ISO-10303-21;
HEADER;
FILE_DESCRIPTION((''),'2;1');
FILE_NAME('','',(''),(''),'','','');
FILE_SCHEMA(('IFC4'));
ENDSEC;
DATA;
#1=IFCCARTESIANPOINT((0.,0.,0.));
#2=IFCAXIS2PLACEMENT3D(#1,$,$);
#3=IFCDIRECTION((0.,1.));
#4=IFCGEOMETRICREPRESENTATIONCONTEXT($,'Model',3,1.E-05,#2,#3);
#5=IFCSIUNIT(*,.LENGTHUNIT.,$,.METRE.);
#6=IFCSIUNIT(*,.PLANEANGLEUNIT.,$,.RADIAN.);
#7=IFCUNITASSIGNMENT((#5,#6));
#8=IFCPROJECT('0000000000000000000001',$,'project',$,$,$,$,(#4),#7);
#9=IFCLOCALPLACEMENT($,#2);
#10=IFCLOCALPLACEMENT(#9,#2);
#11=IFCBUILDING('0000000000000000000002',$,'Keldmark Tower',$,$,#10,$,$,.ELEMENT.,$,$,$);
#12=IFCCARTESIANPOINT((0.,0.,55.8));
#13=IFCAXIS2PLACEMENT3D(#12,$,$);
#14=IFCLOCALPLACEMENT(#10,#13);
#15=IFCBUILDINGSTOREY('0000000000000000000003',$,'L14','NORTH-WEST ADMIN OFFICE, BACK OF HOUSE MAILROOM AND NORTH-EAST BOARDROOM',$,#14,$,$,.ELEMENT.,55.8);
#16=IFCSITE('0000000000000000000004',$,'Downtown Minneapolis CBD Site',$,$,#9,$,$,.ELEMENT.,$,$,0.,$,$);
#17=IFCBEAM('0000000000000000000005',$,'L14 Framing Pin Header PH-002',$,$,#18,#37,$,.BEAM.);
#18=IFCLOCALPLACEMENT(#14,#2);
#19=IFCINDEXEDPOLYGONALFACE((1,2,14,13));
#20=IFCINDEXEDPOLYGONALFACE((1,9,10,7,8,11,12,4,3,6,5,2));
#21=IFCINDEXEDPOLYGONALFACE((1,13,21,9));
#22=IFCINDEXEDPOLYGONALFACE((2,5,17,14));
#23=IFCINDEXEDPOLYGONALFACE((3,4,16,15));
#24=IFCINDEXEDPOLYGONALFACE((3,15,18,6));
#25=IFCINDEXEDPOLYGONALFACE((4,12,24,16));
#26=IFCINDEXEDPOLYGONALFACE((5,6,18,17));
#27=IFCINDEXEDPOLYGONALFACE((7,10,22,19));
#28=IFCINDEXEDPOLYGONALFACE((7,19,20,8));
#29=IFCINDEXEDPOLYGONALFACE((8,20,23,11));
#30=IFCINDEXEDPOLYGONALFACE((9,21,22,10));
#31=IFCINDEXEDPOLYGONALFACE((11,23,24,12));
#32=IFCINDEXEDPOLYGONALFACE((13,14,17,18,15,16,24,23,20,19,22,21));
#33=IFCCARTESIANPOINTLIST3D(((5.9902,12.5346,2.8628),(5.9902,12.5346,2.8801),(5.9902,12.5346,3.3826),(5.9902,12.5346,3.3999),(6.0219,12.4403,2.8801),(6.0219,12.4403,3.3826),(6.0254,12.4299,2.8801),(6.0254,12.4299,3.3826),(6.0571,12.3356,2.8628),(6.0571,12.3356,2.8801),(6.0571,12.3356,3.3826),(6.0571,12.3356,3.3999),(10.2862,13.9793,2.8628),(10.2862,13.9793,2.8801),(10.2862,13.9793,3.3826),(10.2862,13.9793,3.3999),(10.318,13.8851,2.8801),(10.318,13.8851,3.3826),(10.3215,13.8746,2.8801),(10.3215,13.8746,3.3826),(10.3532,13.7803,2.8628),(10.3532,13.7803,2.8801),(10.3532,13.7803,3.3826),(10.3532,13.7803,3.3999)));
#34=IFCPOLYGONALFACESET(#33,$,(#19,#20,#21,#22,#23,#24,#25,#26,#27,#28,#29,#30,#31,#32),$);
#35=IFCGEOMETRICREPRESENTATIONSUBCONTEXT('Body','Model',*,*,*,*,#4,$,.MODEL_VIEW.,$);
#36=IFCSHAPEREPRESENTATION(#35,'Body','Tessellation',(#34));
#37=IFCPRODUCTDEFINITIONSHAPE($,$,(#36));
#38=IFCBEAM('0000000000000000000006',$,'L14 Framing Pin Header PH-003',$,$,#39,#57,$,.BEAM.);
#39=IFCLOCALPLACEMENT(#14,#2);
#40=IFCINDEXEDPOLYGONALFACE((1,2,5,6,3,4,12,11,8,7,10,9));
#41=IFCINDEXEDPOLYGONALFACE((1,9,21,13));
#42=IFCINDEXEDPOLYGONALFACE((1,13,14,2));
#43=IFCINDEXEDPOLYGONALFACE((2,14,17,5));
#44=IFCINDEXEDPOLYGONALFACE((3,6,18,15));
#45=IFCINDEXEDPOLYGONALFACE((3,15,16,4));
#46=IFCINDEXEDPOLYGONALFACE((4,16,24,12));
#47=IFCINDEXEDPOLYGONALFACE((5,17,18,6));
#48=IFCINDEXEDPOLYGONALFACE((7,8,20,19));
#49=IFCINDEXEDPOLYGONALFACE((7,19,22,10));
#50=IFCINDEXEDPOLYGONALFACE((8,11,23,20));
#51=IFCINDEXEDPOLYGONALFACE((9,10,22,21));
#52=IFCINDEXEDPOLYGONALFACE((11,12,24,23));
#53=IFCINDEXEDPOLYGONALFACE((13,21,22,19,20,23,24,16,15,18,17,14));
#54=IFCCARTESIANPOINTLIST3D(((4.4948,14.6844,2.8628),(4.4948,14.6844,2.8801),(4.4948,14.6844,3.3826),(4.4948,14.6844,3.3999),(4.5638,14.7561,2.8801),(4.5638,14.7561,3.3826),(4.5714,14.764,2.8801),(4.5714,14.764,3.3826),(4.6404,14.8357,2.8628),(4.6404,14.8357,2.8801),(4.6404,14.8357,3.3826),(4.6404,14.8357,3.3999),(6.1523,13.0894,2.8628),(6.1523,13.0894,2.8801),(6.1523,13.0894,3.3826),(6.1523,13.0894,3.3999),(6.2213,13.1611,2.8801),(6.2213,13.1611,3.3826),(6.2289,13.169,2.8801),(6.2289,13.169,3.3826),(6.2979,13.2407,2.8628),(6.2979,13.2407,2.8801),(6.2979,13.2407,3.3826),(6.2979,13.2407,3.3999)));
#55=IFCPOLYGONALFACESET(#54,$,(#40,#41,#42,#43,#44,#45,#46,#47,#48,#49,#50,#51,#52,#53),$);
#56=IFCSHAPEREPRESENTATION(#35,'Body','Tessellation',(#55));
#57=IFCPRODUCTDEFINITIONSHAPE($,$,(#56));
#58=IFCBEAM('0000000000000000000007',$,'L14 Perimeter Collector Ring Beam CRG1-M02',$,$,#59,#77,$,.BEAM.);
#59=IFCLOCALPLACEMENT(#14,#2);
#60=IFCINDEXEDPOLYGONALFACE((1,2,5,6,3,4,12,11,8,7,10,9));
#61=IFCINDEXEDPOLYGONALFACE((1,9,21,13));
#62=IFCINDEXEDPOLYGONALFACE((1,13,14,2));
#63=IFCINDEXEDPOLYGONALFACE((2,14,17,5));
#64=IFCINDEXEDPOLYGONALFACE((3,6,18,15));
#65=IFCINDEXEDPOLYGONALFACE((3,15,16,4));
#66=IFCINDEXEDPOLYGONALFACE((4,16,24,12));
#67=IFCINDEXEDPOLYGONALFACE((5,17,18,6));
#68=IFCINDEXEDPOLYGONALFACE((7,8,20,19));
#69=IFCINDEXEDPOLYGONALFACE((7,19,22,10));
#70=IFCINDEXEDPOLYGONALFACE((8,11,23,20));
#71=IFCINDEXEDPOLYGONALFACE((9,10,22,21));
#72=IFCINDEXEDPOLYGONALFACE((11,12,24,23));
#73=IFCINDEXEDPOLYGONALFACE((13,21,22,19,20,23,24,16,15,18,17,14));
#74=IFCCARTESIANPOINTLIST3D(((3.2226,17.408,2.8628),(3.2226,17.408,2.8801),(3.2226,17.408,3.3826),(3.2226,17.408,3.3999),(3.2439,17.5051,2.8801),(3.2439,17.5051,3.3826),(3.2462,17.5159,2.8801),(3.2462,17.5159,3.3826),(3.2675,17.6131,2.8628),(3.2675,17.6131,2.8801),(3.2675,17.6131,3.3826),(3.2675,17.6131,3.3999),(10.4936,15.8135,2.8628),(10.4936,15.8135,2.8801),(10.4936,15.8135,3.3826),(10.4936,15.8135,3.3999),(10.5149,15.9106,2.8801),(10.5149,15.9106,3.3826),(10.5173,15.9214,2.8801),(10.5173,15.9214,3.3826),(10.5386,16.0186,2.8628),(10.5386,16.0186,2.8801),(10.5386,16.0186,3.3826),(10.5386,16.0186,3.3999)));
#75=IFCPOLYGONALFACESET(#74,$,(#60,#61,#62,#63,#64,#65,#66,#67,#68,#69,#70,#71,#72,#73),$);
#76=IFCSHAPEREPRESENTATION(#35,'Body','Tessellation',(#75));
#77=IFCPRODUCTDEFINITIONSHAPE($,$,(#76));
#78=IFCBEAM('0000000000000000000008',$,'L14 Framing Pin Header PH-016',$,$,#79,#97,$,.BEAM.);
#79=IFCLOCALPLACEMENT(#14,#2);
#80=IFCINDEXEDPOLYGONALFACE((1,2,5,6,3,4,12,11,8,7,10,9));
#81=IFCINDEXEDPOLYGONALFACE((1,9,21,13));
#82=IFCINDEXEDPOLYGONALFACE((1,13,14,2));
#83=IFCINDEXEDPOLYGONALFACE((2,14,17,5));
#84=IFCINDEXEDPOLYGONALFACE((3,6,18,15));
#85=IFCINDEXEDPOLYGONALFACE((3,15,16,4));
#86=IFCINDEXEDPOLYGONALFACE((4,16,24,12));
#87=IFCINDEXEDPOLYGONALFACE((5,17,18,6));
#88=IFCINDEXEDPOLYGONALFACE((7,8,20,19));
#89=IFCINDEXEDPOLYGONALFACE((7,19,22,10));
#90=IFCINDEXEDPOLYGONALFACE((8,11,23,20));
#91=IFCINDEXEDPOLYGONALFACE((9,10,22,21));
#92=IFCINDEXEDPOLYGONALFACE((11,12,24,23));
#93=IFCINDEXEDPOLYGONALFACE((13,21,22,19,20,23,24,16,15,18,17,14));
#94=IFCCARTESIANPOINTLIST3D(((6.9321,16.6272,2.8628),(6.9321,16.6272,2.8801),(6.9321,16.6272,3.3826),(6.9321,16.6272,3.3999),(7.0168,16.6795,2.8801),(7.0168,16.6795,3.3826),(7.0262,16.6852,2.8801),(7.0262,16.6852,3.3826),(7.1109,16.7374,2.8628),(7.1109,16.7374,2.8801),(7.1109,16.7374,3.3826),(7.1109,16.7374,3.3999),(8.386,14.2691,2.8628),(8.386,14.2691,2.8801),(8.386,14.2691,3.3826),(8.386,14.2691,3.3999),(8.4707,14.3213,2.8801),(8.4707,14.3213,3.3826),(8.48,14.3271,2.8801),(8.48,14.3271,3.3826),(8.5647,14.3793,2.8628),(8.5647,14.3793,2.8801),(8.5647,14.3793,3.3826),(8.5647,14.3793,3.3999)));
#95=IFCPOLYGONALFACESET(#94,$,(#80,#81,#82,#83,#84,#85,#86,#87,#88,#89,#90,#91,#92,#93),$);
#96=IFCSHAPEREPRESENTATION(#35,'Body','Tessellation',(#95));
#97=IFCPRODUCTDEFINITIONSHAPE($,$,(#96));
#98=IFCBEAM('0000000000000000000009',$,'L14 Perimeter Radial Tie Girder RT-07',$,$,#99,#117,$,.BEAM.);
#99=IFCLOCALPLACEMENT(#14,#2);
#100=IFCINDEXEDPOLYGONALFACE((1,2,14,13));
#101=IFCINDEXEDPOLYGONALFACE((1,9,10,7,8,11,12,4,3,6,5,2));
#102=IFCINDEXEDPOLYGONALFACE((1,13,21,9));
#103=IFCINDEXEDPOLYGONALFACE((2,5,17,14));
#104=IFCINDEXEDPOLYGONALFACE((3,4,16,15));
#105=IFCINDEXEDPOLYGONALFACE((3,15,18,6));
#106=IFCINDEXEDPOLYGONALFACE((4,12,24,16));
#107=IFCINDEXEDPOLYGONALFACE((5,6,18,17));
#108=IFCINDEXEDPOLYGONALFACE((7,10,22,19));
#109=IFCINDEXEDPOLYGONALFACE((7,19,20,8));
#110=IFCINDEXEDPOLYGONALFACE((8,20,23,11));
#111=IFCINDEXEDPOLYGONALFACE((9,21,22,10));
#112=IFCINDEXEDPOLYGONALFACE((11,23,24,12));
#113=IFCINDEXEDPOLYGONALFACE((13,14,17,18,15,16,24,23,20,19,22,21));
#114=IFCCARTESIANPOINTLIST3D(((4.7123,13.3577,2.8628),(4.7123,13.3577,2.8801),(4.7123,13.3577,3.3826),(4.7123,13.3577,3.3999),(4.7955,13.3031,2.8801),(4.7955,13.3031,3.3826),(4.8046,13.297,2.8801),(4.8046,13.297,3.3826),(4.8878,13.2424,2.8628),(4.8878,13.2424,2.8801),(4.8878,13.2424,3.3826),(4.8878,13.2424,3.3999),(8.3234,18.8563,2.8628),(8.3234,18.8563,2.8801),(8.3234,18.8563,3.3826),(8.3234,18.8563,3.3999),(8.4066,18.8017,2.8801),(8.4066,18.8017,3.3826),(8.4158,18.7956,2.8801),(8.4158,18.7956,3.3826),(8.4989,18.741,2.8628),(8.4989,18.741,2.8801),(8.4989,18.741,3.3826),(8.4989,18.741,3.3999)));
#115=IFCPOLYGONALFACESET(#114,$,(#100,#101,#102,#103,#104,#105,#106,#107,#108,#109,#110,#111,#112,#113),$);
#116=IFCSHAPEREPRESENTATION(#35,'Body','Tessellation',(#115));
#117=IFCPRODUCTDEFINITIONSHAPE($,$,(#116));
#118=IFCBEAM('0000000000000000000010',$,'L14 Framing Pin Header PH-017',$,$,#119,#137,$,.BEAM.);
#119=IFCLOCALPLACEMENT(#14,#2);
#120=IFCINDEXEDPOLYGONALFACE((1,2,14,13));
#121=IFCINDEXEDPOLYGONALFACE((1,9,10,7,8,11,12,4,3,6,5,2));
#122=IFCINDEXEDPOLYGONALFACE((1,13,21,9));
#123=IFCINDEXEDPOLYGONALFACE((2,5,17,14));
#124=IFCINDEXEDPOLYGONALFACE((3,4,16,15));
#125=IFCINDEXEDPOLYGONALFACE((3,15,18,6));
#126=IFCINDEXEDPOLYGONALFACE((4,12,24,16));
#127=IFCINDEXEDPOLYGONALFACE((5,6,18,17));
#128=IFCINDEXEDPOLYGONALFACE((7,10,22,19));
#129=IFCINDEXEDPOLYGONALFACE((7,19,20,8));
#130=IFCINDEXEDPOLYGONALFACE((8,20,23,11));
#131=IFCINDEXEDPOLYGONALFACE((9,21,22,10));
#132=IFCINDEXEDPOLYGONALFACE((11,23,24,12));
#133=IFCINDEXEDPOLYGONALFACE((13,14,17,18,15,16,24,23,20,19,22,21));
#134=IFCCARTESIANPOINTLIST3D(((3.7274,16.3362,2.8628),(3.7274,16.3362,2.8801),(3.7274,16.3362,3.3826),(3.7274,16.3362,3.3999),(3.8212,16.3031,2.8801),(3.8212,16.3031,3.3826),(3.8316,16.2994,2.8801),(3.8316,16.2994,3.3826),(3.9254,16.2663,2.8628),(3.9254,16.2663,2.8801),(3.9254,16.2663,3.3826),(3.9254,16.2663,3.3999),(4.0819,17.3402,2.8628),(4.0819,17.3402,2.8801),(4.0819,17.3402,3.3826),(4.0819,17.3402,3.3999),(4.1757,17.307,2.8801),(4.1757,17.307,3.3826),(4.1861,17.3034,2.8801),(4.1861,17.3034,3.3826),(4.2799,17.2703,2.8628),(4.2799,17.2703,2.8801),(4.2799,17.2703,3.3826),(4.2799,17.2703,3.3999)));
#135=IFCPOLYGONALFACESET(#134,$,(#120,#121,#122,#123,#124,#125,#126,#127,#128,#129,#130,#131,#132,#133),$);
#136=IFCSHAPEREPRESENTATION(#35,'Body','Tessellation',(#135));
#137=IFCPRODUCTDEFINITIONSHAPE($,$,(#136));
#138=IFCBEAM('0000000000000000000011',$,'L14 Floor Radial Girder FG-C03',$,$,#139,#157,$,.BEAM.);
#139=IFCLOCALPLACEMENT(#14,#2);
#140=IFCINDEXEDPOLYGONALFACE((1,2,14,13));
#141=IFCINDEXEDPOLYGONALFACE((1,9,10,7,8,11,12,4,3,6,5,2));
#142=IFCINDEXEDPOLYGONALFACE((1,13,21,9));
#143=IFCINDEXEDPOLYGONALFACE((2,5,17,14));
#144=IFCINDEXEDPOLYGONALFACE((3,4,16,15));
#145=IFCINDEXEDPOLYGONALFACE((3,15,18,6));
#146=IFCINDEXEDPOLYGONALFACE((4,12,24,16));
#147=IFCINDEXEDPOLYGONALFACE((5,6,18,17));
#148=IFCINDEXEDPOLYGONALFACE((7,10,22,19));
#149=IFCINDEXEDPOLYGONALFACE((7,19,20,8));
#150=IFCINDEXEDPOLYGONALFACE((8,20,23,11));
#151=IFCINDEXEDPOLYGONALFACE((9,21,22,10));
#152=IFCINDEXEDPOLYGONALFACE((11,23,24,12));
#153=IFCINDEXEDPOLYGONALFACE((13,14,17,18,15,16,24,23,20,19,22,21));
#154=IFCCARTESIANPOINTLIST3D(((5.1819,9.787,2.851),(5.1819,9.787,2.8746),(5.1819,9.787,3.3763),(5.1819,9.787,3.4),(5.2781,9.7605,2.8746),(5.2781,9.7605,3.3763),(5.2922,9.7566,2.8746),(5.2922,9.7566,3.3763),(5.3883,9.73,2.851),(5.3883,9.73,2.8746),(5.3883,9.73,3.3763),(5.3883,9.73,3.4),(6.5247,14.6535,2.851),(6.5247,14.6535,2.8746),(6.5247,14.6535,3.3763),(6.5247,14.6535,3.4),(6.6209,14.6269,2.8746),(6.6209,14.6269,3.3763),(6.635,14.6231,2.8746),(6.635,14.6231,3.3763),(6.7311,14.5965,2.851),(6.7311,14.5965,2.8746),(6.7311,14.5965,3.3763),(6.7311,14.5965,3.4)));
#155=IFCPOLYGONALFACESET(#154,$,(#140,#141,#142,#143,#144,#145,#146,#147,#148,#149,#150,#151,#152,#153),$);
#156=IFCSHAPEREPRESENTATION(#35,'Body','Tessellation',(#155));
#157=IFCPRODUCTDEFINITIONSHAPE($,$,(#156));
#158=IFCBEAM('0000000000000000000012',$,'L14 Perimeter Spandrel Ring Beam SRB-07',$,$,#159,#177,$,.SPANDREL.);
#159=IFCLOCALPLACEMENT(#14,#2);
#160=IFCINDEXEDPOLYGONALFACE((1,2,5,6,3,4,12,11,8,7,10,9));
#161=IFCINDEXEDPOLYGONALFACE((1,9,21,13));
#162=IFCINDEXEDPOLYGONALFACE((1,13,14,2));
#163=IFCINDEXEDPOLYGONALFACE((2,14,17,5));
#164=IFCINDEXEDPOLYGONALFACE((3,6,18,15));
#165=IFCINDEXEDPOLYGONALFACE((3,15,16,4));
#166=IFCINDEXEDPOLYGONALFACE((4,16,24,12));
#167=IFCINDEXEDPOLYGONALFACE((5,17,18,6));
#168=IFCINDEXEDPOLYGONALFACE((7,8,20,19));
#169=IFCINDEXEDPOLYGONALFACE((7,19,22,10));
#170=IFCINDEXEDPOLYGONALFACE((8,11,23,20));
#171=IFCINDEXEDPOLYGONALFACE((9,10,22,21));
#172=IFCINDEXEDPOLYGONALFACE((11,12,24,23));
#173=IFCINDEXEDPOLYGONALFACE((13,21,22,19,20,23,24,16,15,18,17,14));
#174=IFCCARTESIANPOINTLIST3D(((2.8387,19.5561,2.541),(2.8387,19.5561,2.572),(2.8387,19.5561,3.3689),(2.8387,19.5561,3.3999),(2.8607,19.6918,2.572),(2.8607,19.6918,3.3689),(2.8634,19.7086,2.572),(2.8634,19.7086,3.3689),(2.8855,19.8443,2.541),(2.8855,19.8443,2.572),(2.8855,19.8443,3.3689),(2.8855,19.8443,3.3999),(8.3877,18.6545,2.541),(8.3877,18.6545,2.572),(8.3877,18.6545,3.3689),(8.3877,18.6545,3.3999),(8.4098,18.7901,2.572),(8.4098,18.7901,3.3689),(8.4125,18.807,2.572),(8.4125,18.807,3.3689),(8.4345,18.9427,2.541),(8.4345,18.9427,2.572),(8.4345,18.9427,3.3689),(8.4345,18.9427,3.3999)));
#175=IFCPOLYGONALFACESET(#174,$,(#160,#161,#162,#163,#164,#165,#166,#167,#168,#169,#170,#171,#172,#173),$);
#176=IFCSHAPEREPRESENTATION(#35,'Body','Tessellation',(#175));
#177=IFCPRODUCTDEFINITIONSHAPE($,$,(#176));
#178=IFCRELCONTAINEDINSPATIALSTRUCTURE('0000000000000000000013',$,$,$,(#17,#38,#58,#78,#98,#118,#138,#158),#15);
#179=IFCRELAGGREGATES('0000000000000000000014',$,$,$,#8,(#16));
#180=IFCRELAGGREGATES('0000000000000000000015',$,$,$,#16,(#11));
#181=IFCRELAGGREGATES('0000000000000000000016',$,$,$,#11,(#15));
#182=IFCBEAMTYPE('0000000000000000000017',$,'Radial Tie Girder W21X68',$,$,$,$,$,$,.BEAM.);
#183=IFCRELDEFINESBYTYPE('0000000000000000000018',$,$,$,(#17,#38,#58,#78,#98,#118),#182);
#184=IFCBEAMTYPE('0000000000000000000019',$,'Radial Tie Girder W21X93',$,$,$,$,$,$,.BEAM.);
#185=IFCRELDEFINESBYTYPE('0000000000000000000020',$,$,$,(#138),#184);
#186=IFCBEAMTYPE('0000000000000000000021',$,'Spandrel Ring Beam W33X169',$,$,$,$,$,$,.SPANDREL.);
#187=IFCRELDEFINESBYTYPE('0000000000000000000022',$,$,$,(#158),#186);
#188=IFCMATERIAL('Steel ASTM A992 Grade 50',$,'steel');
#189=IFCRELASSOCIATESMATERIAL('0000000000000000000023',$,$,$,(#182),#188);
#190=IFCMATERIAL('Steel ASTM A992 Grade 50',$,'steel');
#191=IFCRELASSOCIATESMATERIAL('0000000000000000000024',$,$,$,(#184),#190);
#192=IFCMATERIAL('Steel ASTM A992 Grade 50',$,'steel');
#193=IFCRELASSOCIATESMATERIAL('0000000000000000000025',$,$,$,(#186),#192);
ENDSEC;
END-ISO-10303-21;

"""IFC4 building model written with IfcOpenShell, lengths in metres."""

from ifc_helpers import new_model, si_unit, direction, frame, origin, origin_2d, place, context, subcontext, project, spatial, i_section, extrude, material, material_profile, profile_set, type_object, element, save


model = new_model("IFC4")

# Units and contexts
model_context = context("Model", 3, precision=1e-05, world=origin(), true_north=direction((0.0, 1.0)))
body_context = subcontext(model_context, "Body", "Model", "MODEL_VIEW")
ifc_project = project(units=[si_unit("LENGTHUNIT", "METRE"), si_unit("PLANEANGLEUNIT", "RADIAN")], contexts=[model_context])

# Site, building, storey
site_placement = place(None, origin())
site = spatial("IfcSite", under=ifc_project, at=site_placement, Name="Downtown Minneapolis CBD Site", CompositionType="ELEMENT", RefElevation=0.0)
building_placement = place(site_placement, origin())
building = spatial("IfcBuilding", under=site, at=building_placement, Name="Keldmark Tower", CompositionType="ELEMENT")
storey_placement = place(building_placement, frame((0.0, 0.0, 55.8)))
storey = spatial("IfcBuildingStorey", under=building, at=storey_placement, Name="L14", Description="NORTH-WEST ADMIN OFFICE, BACK OF HOUSE MAILROOM AND NORTH-EAST BOARDROOM", CompositionType="ELEMENT", Elevation=55.8)

# Beams
ifc_material_1 = material(Name="Steel ASTM A992 Grade 50", Category="steel")
ifc_material_profile_1 = material_profile(ifc_material_1, i_section(OverallWidth=0.21, OverallDepth=0.5371, WebThickness=0.011, FlangeThickness=0.0173, at=origin_2d()), Name="W21X68")
ifc_profile_set_1 = profile_set([ifc_material_profile_1], Name="Steel ASTM A992 Grade 50")
beam_type_1 = type_object("IfcBeamType", Name="Radial Tie Girder W21X68", PredefinedType="BEAM", material=ifc_profile_set_1)
beam_1_placement = place(storey_placement, frame((6.0237, 12.4351, 3.1313), z_axis=(0.947834, 0.318764, 0.0), x_axis=(-0.318764, 0.947834, 0.0)))
element("IfcBeam", 1, at=beam_1_placement, inside=storey, type_object=beam_type_1, Name="L14 Framing Pin Header PH-002", PredefinedType="BEAM", context=body_context, shape_type="SweptSolid", body=[
    extrude(i_section(OverallWidth=0.21, OverallDepth=0.5371, WebThickness=0.011, FlangeThickness=0.0173, at=origin_2d()), origin(), (0.0, 0.0, 1.0), 4.5325),
])
beam_2_placement = place(storey_placement, frame((6.2251, 13.165, 3.1313), z_axis=(-0.720562, 0.693391, 0.0), x_axis=(-0.693391, -0.720562, 0.0)))
element("IfcBeam", 2, at=beam_2_placement, inside=storey, type_object=beam_type_1, Name="L14 Framing Pin Header PH-003", PredefinedType="BEAM", context=body_context, shape_type="SweptSolid", body=[
    extrude(i_section(OverallWidth=0.21, OverallDepth=0.5371, WebThickness=0.011, FlangeThickness=0.0173, at=origin_2d()), origin(), (0.0, 0.0, 1.0), 2.3003),
])
beam_3_placement = place(storey_placement, frame((10.5161, 15.916, 3.1313), z_axis=(-0.976789, 0.214204, 0.0), x_axis=(-0.214204, -0.976789, 0.0)))
element("IfcBeam", 3, at=beam_3_placement, inside=storey, type_object=beam_type_1, Name="L14 Perimeter Collector Ring Beam CRG1-M02", PredefinedType="BEAM", context=body_context, shape_type="SweptSolid", body=[
    extrude(i_section(OverallWidth=0.21, OverallDepth=0.5371, WebThickness=0.011, FlangeThickness=0.0173, at=origin_2d()), origin(), (0.0, 0.0, 1.0), 7.4438),
])
beam_4_placement = place(storey_placement, frame((8.4753, 14.3242, 3.1313), z_axis=(-0.5248, 0.851225, 0.0), x_axis=(-0.851225, -0.5248, 0.0)))
element("IfcBeam", 4, at=beam_4_placement, inside=storey, type_object=beam_type_1, Name="L14 Framing Pin Header PH-016", PredefinedType="BEAM", context=body_context, shape_type="SweptSolid", body=[
    extrude(i_section(OverallWidth=0.21, OverallDepth=0.5371, WebThickness=0.011, FlangeThickness=0.0173, at=origin_2d()), origin(), (0.0, 0.0, 1.0), 2.7703),
])
beam_5_placement = place(storey_placement, frame((4.8, 13.3, 3.1313), z_axis=(0.54894, 0.835862, 0.0), x_axis=(-0.835862, 0.54894, 0.0)))
element("IfcBeam", 5, at=beam_5_placement, inside=storey, type_object=beam_type_1, Name="L14 Perimeter Radial Tie Girder RT-07", PredefinedType="BEAM", context=body_context, shape_type="SweptSolid", body=[
    extrude(i_section(OverallWidth=0.21, OverallDepth=0.5371, WebThickness=0.011, FlangeThickness=0.0173, at=origin_2d()), origin(), (0.0, 0.0, 1.0), 6.5784),
])
beam_6_placement = place(storey_placement, frame((3.8264, 16.3013, 3.1313), z_axis=(0.332964, 0.94294, 0.0), x_axis=(-0.94294, 0.332964, 0.0)))
element("IfcBeam", 6, at=beam_6_placement, inside=storey, type_object=beam_type_1, Name="L14 Framing Pin Header PH-017", PredefinedType="BEAM", context=body_context, shape_type="SweptSolid", body=[
    extrude(i_section(OverallWidth=0.21, OverallDepth=0.5371, WebThickness=0.011, FlangeThickness=0.0173, at=origin_2d()), origin(), (0.0, 0.0, 1.0), 1.0647),
])
ifc_material_2 = material(Name="Steel ASTM A992 Grade 50", Category="steel")
ifc_material_profile_2 = material_profile(ifc_material_2, i_section(OverallWidth=0.2141, OverallDepth=0.5491, WebThickness=0.0146, FlangeThickness=0.0237, at=origin_2d()), Name="W21X93")
ifc_profile_set_2 = profile_set([ifc_material_profile_2], Name="Steel ASTM A992 Grade 50")
beam_type_2 = type_object("IfcBeamType", Name="Radial Tie Girder W21X93", PredefinedType="BEAM", material=ifc_profile_set_2)
beam_7_placement = place(storey_placement, frame((6.6279, 14.625, 3.1255), z_axis=(-0.265985, -0.963977, 0.0), x_axis=(0.963977, -0.265985, 0.0)))
element("IfcBeam", 7, at=beam_7_placement, inside=storey, type_object=beam_type_2, Name="L14 Floor Radial Girder FG-C03", PredefinedType="BEAM", context=body_context, shape_type="SweptSolid", body=[
    extrude(i_section(OverallWidth=0.2141, OverallDepth=0.5491, WebThickness=0.0146, FlangeThickness=0.0237, at=origin_2d()), origin(), (0.0, 0.0, 1.0), 5.0483),
])
ifc_material_3 = material(Name="Steel ASTM A992 Grade 50", Category="steel")
ifc_material_profile_3 = material_profile(ifc_material_3, i_section(OverallWidth=0.292, OverallDepth=0.8589, WebThickness=0.0171, FlangeThickness=0.031, at=origin_2d()), Name="W33X169")
ifc_profile_set_3 = profile_set([ifc_material_profile_3], Name="Steel ASTM A992 Grade 50")
beam_type_3 = type_object("IfcBeamType", Name="Spandrel Ring Beam W33X169", PredefinedType="SPANDREL", material=ifc_profile_set_3)
beam_8_placement = place(storey_placement, frame((8.4111, 18.7986, 2.9705), z_axis=(-0.987056, 0.160377, 0.0), x_axis=(-0.160377, -0.987056, 0.0)))
element("IfcBeam", 8, at=beam_8_placement, inside=storey, type_object=beam_type_3, Name="L14 Perimeter Spandrel Ring Beam SRB-07", PredefinedType="SPANDREL", context=body_context, shape_type="SweptSolid", body=[
    extrude(i_section(OverallWidth=0.292, OverallDepth=0.8589, WebThickness=0.0171, FlangeThickness=0.031, at=origin_2d()), origin(), (0.0, 0.0, 1.0), 5.6218),
])

save(model, "model.ifc")
